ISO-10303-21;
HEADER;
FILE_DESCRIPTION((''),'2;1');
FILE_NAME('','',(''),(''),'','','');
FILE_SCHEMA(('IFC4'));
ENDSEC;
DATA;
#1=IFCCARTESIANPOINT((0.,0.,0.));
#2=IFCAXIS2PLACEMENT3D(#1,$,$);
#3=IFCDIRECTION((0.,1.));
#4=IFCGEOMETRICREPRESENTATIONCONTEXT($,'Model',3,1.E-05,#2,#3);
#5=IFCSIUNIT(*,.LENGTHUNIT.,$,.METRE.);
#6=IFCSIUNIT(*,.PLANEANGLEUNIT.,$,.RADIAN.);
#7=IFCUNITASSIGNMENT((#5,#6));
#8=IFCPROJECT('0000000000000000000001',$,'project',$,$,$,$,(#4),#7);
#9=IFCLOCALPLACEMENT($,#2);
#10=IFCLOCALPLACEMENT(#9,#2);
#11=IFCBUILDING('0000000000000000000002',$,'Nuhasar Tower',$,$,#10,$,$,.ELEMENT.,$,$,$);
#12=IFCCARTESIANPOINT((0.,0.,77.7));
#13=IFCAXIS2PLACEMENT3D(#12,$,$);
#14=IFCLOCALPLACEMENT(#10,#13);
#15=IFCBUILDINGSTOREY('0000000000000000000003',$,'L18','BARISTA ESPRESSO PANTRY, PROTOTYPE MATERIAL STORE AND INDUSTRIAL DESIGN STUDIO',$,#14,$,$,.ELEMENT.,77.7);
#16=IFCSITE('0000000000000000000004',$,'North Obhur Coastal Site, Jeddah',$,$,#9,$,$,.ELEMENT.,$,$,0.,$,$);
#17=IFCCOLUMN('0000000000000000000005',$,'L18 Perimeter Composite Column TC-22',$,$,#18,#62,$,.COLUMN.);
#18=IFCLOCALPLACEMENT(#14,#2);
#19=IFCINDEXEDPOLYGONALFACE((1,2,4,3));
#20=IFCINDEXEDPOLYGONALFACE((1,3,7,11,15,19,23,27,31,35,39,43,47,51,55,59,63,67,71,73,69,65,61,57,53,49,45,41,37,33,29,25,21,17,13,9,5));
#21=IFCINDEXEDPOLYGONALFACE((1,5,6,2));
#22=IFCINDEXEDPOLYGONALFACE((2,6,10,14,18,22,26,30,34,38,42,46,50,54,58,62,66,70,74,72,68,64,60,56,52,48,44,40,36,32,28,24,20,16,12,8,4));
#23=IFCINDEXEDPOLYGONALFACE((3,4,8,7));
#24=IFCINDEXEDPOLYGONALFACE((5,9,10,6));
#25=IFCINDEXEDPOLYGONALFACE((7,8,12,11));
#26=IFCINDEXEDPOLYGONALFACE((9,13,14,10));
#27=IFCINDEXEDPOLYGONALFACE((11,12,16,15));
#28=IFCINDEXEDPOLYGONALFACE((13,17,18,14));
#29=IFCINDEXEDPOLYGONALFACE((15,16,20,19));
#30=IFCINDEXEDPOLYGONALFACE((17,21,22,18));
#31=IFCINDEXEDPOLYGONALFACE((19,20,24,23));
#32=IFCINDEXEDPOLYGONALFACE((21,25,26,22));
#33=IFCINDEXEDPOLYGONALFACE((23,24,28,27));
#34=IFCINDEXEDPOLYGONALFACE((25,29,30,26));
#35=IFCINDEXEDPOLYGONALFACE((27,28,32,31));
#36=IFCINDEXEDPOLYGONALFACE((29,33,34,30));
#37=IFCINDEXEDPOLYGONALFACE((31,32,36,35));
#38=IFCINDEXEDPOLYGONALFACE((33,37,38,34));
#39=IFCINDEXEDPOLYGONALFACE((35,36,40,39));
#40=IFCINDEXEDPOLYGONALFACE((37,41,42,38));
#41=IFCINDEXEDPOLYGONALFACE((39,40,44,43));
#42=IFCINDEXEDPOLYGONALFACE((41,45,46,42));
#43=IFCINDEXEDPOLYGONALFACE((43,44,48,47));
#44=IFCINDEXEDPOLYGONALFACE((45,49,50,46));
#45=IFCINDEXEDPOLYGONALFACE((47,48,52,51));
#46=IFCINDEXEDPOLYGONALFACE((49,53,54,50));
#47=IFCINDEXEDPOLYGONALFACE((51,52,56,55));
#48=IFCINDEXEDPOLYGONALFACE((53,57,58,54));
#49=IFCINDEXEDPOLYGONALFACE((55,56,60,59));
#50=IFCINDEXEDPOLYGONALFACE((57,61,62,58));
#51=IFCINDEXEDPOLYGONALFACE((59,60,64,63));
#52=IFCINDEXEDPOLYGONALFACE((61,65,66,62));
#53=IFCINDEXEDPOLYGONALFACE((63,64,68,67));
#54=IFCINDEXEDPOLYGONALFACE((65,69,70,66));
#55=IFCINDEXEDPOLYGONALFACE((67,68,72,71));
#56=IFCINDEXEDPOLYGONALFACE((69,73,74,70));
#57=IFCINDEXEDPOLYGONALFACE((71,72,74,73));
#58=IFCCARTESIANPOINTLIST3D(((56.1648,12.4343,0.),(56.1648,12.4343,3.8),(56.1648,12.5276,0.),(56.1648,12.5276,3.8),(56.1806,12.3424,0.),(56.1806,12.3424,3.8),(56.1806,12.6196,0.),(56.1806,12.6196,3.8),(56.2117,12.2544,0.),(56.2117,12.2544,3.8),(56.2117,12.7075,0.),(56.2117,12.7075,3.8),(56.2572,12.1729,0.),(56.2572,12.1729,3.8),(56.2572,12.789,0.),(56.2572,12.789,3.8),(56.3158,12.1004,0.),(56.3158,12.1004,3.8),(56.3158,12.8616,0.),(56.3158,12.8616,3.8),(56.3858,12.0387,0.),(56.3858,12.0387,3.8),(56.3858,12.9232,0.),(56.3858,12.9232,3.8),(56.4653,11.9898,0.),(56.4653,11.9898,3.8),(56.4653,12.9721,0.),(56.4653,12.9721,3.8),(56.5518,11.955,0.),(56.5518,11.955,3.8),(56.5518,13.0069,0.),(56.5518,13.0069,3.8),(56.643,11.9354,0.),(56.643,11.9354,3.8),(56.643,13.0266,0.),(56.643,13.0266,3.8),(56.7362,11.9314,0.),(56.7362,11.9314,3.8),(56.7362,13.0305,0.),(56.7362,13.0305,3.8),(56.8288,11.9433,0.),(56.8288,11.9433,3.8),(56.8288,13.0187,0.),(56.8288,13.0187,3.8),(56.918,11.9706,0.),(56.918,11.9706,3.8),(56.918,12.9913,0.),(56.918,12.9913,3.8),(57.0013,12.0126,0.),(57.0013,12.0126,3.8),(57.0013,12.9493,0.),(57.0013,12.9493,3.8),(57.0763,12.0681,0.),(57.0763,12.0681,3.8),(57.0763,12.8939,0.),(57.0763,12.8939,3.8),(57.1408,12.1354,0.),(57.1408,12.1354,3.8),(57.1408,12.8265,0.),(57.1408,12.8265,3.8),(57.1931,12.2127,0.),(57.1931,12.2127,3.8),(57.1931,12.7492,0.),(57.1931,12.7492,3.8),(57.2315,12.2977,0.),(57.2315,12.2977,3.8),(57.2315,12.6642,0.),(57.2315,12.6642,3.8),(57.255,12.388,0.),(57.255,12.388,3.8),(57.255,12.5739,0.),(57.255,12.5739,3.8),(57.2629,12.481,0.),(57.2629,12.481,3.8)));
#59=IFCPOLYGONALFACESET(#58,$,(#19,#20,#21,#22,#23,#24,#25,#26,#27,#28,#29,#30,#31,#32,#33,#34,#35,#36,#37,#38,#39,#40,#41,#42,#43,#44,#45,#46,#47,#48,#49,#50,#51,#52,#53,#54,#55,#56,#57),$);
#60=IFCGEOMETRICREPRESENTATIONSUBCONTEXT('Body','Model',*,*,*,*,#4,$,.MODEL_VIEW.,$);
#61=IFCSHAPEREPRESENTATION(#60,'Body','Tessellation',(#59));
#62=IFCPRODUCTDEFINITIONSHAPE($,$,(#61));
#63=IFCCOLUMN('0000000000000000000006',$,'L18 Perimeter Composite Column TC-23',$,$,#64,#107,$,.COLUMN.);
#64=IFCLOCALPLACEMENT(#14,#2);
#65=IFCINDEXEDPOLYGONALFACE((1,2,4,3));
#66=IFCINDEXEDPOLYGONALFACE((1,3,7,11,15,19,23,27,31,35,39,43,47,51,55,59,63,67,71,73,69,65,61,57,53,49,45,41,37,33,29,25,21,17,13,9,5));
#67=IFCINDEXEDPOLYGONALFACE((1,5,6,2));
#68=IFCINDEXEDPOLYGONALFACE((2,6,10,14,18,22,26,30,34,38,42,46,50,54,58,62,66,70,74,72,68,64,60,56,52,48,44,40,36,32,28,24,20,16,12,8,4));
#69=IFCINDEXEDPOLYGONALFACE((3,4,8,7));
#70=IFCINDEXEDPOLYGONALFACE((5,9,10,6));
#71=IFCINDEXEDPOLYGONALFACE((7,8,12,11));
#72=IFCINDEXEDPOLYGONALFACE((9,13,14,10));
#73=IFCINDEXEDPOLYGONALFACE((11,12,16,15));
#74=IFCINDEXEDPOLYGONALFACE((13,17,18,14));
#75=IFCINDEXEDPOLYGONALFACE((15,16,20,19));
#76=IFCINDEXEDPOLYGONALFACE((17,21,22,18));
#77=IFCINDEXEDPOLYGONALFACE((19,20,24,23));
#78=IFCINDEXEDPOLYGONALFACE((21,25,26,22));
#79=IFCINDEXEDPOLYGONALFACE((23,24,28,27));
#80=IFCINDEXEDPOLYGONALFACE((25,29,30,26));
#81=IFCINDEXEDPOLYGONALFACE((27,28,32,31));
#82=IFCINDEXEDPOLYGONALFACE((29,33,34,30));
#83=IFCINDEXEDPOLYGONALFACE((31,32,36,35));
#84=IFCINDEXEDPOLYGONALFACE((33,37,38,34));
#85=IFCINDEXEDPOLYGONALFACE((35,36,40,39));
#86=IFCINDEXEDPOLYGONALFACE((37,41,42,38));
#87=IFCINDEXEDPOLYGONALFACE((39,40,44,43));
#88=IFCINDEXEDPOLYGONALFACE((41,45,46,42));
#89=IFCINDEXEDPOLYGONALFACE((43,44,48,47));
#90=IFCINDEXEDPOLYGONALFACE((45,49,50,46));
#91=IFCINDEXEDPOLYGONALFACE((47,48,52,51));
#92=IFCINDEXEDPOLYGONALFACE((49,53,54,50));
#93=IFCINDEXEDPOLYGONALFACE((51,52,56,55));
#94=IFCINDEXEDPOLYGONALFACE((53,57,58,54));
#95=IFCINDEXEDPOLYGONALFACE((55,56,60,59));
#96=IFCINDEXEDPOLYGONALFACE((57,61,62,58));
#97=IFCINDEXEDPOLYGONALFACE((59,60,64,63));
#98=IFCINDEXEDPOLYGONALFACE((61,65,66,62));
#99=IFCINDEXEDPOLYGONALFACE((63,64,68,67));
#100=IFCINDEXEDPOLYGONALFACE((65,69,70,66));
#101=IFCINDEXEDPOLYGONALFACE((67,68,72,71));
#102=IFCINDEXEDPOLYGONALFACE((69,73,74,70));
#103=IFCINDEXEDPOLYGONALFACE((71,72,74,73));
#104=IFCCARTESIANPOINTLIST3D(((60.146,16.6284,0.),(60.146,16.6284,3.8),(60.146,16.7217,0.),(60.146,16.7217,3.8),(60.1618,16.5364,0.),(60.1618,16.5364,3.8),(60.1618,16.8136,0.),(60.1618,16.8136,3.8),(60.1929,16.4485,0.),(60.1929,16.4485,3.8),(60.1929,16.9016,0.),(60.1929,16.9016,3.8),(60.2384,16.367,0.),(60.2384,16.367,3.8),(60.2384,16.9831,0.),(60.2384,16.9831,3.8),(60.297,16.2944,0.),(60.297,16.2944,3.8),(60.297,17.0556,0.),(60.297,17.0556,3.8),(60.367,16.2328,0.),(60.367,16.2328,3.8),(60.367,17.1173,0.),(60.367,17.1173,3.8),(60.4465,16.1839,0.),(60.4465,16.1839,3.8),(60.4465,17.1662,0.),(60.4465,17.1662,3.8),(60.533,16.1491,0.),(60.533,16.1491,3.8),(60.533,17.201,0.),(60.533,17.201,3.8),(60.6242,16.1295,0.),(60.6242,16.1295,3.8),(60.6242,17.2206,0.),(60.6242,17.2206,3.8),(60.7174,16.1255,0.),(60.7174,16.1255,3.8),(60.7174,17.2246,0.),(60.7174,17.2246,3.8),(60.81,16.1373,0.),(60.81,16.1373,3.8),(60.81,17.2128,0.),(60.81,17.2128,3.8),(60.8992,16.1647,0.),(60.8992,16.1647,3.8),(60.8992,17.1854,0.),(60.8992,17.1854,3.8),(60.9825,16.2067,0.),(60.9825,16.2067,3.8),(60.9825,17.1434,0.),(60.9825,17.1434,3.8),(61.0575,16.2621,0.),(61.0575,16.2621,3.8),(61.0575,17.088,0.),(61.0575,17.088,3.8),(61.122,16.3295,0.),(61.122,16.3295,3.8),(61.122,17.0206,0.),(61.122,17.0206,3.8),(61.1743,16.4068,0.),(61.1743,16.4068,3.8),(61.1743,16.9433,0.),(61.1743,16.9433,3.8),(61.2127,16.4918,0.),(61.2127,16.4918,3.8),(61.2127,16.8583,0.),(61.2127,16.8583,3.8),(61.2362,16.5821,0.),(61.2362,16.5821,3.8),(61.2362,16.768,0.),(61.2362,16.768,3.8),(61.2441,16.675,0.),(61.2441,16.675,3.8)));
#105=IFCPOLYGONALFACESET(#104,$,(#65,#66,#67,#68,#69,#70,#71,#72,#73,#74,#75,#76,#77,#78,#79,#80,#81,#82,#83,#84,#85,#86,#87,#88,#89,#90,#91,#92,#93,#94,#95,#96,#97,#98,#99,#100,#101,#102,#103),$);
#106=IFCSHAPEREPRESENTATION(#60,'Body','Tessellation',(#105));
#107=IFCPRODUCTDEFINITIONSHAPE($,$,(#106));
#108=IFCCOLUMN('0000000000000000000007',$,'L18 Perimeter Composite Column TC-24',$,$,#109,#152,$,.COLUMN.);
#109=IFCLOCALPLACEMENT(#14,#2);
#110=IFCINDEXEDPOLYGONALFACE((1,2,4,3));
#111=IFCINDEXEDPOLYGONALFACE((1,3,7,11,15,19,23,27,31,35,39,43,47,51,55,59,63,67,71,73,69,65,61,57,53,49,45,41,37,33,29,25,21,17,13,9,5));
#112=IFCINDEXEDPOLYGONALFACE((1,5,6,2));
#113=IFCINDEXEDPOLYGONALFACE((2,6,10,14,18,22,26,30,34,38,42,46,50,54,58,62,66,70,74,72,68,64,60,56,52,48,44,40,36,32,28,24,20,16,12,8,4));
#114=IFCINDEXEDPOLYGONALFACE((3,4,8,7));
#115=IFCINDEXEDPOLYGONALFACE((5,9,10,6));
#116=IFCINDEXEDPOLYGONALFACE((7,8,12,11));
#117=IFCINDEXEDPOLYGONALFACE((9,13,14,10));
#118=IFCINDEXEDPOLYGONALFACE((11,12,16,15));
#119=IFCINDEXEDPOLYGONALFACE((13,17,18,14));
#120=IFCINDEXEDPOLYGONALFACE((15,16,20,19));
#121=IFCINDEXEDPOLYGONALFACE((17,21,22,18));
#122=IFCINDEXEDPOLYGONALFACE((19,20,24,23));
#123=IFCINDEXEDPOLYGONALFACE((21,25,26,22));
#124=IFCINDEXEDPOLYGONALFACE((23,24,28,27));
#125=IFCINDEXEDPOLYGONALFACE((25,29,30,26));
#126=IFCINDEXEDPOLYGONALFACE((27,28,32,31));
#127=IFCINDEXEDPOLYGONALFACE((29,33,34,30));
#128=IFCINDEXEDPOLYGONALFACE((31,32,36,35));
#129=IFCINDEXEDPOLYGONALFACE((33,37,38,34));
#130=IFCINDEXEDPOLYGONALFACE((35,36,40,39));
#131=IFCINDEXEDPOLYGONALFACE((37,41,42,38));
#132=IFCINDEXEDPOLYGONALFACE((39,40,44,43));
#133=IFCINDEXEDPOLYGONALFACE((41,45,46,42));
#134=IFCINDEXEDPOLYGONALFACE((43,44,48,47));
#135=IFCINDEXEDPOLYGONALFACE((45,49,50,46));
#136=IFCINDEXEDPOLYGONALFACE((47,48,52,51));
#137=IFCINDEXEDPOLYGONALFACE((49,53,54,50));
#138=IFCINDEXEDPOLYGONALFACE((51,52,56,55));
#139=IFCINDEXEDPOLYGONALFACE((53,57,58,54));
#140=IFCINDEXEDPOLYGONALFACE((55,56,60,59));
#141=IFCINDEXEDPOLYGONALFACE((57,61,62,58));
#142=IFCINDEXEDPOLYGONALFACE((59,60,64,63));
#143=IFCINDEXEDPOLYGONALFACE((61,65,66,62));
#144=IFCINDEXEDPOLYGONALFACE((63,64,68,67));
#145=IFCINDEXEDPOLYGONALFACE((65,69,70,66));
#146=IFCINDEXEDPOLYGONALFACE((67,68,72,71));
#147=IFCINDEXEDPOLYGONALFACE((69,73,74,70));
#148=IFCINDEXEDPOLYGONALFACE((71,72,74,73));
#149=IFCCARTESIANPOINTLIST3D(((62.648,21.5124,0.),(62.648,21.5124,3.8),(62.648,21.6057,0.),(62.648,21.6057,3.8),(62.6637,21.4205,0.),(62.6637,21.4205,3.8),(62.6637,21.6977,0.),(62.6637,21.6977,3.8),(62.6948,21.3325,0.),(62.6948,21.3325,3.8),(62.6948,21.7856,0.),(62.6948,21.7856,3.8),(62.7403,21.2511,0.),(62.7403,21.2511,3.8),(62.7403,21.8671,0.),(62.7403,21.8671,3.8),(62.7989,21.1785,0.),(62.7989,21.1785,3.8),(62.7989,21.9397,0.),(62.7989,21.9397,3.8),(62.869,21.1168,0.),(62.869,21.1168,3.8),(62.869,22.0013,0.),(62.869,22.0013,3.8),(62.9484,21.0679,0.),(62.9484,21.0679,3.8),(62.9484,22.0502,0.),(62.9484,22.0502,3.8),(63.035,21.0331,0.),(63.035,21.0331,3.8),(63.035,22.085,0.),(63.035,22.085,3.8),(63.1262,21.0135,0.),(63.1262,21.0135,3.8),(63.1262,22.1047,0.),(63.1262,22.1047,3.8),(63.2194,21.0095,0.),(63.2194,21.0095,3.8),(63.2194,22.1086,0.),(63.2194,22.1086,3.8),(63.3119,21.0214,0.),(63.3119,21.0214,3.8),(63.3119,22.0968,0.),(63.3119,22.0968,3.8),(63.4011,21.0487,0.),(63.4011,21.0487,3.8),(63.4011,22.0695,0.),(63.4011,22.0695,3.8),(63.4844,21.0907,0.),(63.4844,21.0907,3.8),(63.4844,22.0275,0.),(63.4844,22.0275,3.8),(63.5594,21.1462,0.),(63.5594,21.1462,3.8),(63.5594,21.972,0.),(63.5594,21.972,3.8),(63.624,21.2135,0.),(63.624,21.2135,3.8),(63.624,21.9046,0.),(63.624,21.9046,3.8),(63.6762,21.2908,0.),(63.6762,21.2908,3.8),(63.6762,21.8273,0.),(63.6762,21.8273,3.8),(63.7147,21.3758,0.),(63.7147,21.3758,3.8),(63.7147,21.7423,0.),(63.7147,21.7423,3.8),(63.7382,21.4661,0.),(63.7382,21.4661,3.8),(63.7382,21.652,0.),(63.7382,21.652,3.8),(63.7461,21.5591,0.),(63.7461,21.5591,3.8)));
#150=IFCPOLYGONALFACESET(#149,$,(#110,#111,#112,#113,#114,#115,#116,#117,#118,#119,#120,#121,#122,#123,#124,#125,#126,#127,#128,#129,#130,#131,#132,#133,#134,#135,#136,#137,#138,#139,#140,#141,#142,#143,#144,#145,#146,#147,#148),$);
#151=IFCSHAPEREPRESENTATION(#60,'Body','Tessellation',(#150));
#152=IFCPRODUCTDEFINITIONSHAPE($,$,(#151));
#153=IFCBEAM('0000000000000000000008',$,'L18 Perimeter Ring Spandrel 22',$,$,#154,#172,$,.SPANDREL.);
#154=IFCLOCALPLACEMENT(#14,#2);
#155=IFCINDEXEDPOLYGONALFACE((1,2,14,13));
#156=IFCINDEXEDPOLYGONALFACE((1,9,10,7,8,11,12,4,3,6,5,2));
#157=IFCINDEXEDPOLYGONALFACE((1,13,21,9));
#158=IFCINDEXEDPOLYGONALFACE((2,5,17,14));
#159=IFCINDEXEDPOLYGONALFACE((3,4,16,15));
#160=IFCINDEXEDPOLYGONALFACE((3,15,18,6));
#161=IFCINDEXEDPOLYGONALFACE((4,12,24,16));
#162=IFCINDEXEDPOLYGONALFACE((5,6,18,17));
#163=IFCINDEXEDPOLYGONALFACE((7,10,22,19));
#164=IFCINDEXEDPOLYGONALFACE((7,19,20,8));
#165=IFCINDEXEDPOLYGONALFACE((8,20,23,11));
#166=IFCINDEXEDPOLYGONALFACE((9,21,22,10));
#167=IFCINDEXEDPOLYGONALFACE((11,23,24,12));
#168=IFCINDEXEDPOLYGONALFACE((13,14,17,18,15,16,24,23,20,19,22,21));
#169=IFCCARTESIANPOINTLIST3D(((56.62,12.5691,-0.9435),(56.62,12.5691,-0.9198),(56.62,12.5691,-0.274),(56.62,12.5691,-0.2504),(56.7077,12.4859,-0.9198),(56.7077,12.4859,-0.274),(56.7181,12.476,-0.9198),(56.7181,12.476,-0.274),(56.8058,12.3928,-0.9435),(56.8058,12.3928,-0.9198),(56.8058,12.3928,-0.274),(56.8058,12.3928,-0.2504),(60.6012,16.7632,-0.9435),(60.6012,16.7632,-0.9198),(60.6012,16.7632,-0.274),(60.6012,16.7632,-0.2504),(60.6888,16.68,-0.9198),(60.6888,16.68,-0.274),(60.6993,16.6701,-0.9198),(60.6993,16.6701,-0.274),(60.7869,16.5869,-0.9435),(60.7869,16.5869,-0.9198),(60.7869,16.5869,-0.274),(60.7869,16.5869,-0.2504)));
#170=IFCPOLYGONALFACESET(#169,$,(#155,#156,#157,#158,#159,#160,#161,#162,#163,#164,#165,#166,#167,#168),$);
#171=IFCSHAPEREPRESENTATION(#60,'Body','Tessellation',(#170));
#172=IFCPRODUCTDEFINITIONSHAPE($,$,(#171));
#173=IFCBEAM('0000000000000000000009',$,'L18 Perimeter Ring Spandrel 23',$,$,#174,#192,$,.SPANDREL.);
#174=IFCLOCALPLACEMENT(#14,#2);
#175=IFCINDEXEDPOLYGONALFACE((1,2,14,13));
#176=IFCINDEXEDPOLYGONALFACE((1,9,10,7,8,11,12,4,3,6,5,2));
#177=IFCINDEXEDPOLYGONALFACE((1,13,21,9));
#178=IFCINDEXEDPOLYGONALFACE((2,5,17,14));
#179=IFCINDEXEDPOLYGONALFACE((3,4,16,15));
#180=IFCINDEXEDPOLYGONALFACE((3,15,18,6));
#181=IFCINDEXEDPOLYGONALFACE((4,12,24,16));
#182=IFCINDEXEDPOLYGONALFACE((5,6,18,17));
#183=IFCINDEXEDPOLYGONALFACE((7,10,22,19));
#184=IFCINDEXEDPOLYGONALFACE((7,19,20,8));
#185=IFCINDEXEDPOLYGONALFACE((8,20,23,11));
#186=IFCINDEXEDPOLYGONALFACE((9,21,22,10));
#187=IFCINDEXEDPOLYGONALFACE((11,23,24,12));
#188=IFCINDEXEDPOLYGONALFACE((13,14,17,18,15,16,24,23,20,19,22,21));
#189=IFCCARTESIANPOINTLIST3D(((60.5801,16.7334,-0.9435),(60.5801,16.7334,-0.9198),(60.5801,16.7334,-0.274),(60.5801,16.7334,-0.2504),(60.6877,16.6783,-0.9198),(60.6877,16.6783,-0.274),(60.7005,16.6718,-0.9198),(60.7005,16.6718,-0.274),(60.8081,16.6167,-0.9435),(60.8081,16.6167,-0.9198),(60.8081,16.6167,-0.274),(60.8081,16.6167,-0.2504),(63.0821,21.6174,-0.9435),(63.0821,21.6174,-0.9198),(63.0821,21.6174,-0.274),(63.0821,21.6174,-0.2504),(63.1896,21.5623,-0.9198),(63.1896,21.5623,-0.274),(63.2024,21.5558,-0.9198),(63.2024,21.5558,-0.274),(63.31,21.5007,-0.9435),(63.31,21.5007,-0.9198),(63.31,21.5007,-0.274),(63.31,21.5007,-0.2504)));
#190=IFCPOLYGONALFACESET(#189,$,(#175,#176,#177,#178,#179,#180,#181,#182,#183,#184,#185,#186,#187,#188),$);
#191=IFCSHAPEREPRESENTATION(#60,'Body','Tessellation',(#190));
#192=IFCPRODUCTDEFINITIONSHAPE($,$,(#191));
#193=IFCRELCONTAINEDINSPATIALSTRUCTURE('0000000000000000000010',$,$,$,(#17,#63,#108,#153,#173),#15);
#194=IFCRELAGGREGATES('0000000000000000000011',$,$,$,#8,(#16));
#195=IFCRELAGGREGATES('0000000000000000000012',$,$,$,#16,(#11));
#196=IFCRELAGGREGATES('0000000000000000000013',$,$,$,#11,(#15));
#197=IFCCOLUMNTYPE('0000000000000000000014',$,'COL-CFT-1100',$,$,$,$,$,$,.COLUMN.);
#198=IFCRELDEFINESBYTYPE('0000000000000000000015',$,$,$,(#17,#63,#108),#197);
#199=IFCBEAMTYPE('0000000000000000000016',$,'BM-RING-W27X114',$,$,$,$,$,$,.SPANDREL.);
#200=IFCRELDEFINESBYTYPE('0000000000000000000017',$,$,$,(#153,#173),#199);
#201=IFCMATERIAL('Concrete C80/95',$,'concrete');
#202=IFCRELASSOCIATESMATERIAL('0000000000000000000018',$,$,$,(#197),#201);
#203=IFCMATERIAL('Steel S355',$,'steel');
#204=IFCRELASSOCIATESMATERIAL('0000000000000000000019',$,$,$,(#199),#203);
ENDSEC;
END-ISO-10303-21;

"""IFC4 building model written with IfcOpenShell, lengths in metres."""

from ifc_helpers import new_model, si_unit, direction, frame, origin, origin_2d, place, context, subcontext, project, spatial, circle, i_section, extrude, material, material_profile, profile_set, type_object, element, save


model = new_model("IFC4")

# Units and contexts
model_context = context("Model", 3, precision=1e-05, world=origin(), true_north=direction((0.0, 1.0)))
body_context = subcontext(model_context, "Body", "Model", "MODEL_VIEW")
ifc_project = project(units=[si_unit("LENGTHUNIT", "METRE"), si_unit("PLANEANGLEUNIT", "RADIAN")], contexts=[model_context])

# Site, building, storey
site_placement = place(None, origin())
site = spatial("IfcSite", under=ifc_project, at=site_placement, Name="North Obhur Coastal Site, Jeddah", CompositionType="ELEMENT", RefElevation=0.0)
building_placement = place(site_placement, origin())
building = spatial("IfcBuilding", under=site, at=building_placement, Name="Nuhasar Tower", CompositionType="ELEMENT")
storey_placement = place(building_placement, frame((0.0, 0.0, 77.7)))
storey = spatial("IfcBuildingStorey", under=building, at=storey_placement, Name="L18", Description="BARISTA ESPRESSO PANTRY, PROTOTYPE MATERIAL STORE AND INDUSTRIAL DESIGN STUDIO", CompositionType="ELEMENT", Elevation=77.7)

# Columns
ifc_material_1 = material(Name="Concrete C80/95", Category="concrete")
ifc_material_profile_1 = material_profile(ifc_material_1, circle(Radius=0.55, at=origin_2d()), Name="CFT1100")
ifc_profile_set_1 = profile_set([ifc_material_profile_1], Name="Concrete C80/95")
column_type = type_object("IfcColumnType", Name="COL-CFT-1100", PredefinedType="COLUMN", material=ifc_profile_set_1)
for number, where, z_axis, x_axis, name in (
    (1, (56.7129, 12.481, 0.0), (0.0, 0.0, 1.0), (1.0, 0.0, 0.0), "L18 Perimeter Composite Column TC-22"),
    (2, (60.6941, 16.675, 0.0), (0.0, 0.0, 1.0), (1.0, 0.0, 0.0), "L18 Perimeter Composite Column TC-23"),
    (3, (63.196, 21.5591, 0.0), (0.0, 0.0, 1.0), (1.0, 0.0, 0.0), "L18 Perimeter Composite Column TC-24"),
):
    element("IfcColumn", number, at=place(storey_placement, frame(where, z_axis=z_axis, x_axis=x_axis)), inside=storey, type_object=column_type, Name=name, PredefinedType="COLUMN", context=body_context, shape_type="SweptSolid", body=[
        extrude(circle(Radius=0.55, at=origin_2d()), origin(), (0.0, 0.0, 1.0), 3.8),
    ])

# Beams
ifc_material_2 = material(Name="Steel S355", Category="steel")
ifc_material_profile_2 = material_profile(ifc_material_2, i_section(OverallWidth=0.2561, OverallDepth=0.6931, WebThickness=0.0144, FlangeThickness=0.0237, at=origin_2d()), Name="W27X114")
ifc_profile_set_2 = profile_set([ifc_material_profile_2], Name="Steel S355")
beam_type_1 = type_object("IfcBeamType", Name="BM-RING-W27X114", PredefinedType="SPANDREL", material=ifc_profile_set_2)
beam_1_placement = place(storey_placement, frame((56.7129, 12.481, -0.5969), z_axis=(0.68846, 0.725274, 0.0), x_axis=(-0.725274, 0.68846, 0.0)))
element("IfcBeam", 4, at=beam_1_placement, inside=storey, type_object=beam_type_1, Name="L18 Perimeter Ring Spandrel 22", PredefinedType="SPANDREL", context=body_context, shape_type="SweptSolid", body=[
    extrude(i_section(OverallWidth=0.2561, OverallDepth=0.6931, WebThickness=0.0144, FlangeThickness=0.0237, at=origin_2d()), origin(), (0.0, 0.0, 1.0), 5.7827),
])
beam_2_placement = place(storey_placement, frame((60.6941, 16.675, -0.5969), z_axis=(0.45593, 0.890016, 0.0), x_axis=(-0.890016, 0.45593, 0.0)))
element("IfcBeam", 5, at=beam_2_placement, inside=storey, type_object=beam_type_1, Name="L18 Perimeter Ring Spandrel 23", PredefinedType="SPANDREL", context=body_context, shape_type="SweptSolid", body=[
    extrude(i_section(OverallWidth=0.2561, OverallDepth=0.6931, WebThickness=0.0144, FlangeThickness=0.0237, at=origin_2d()), origin(), (0.0, 0.0, 1.0), 5.4875),
])

save(model, "model.ifc")
